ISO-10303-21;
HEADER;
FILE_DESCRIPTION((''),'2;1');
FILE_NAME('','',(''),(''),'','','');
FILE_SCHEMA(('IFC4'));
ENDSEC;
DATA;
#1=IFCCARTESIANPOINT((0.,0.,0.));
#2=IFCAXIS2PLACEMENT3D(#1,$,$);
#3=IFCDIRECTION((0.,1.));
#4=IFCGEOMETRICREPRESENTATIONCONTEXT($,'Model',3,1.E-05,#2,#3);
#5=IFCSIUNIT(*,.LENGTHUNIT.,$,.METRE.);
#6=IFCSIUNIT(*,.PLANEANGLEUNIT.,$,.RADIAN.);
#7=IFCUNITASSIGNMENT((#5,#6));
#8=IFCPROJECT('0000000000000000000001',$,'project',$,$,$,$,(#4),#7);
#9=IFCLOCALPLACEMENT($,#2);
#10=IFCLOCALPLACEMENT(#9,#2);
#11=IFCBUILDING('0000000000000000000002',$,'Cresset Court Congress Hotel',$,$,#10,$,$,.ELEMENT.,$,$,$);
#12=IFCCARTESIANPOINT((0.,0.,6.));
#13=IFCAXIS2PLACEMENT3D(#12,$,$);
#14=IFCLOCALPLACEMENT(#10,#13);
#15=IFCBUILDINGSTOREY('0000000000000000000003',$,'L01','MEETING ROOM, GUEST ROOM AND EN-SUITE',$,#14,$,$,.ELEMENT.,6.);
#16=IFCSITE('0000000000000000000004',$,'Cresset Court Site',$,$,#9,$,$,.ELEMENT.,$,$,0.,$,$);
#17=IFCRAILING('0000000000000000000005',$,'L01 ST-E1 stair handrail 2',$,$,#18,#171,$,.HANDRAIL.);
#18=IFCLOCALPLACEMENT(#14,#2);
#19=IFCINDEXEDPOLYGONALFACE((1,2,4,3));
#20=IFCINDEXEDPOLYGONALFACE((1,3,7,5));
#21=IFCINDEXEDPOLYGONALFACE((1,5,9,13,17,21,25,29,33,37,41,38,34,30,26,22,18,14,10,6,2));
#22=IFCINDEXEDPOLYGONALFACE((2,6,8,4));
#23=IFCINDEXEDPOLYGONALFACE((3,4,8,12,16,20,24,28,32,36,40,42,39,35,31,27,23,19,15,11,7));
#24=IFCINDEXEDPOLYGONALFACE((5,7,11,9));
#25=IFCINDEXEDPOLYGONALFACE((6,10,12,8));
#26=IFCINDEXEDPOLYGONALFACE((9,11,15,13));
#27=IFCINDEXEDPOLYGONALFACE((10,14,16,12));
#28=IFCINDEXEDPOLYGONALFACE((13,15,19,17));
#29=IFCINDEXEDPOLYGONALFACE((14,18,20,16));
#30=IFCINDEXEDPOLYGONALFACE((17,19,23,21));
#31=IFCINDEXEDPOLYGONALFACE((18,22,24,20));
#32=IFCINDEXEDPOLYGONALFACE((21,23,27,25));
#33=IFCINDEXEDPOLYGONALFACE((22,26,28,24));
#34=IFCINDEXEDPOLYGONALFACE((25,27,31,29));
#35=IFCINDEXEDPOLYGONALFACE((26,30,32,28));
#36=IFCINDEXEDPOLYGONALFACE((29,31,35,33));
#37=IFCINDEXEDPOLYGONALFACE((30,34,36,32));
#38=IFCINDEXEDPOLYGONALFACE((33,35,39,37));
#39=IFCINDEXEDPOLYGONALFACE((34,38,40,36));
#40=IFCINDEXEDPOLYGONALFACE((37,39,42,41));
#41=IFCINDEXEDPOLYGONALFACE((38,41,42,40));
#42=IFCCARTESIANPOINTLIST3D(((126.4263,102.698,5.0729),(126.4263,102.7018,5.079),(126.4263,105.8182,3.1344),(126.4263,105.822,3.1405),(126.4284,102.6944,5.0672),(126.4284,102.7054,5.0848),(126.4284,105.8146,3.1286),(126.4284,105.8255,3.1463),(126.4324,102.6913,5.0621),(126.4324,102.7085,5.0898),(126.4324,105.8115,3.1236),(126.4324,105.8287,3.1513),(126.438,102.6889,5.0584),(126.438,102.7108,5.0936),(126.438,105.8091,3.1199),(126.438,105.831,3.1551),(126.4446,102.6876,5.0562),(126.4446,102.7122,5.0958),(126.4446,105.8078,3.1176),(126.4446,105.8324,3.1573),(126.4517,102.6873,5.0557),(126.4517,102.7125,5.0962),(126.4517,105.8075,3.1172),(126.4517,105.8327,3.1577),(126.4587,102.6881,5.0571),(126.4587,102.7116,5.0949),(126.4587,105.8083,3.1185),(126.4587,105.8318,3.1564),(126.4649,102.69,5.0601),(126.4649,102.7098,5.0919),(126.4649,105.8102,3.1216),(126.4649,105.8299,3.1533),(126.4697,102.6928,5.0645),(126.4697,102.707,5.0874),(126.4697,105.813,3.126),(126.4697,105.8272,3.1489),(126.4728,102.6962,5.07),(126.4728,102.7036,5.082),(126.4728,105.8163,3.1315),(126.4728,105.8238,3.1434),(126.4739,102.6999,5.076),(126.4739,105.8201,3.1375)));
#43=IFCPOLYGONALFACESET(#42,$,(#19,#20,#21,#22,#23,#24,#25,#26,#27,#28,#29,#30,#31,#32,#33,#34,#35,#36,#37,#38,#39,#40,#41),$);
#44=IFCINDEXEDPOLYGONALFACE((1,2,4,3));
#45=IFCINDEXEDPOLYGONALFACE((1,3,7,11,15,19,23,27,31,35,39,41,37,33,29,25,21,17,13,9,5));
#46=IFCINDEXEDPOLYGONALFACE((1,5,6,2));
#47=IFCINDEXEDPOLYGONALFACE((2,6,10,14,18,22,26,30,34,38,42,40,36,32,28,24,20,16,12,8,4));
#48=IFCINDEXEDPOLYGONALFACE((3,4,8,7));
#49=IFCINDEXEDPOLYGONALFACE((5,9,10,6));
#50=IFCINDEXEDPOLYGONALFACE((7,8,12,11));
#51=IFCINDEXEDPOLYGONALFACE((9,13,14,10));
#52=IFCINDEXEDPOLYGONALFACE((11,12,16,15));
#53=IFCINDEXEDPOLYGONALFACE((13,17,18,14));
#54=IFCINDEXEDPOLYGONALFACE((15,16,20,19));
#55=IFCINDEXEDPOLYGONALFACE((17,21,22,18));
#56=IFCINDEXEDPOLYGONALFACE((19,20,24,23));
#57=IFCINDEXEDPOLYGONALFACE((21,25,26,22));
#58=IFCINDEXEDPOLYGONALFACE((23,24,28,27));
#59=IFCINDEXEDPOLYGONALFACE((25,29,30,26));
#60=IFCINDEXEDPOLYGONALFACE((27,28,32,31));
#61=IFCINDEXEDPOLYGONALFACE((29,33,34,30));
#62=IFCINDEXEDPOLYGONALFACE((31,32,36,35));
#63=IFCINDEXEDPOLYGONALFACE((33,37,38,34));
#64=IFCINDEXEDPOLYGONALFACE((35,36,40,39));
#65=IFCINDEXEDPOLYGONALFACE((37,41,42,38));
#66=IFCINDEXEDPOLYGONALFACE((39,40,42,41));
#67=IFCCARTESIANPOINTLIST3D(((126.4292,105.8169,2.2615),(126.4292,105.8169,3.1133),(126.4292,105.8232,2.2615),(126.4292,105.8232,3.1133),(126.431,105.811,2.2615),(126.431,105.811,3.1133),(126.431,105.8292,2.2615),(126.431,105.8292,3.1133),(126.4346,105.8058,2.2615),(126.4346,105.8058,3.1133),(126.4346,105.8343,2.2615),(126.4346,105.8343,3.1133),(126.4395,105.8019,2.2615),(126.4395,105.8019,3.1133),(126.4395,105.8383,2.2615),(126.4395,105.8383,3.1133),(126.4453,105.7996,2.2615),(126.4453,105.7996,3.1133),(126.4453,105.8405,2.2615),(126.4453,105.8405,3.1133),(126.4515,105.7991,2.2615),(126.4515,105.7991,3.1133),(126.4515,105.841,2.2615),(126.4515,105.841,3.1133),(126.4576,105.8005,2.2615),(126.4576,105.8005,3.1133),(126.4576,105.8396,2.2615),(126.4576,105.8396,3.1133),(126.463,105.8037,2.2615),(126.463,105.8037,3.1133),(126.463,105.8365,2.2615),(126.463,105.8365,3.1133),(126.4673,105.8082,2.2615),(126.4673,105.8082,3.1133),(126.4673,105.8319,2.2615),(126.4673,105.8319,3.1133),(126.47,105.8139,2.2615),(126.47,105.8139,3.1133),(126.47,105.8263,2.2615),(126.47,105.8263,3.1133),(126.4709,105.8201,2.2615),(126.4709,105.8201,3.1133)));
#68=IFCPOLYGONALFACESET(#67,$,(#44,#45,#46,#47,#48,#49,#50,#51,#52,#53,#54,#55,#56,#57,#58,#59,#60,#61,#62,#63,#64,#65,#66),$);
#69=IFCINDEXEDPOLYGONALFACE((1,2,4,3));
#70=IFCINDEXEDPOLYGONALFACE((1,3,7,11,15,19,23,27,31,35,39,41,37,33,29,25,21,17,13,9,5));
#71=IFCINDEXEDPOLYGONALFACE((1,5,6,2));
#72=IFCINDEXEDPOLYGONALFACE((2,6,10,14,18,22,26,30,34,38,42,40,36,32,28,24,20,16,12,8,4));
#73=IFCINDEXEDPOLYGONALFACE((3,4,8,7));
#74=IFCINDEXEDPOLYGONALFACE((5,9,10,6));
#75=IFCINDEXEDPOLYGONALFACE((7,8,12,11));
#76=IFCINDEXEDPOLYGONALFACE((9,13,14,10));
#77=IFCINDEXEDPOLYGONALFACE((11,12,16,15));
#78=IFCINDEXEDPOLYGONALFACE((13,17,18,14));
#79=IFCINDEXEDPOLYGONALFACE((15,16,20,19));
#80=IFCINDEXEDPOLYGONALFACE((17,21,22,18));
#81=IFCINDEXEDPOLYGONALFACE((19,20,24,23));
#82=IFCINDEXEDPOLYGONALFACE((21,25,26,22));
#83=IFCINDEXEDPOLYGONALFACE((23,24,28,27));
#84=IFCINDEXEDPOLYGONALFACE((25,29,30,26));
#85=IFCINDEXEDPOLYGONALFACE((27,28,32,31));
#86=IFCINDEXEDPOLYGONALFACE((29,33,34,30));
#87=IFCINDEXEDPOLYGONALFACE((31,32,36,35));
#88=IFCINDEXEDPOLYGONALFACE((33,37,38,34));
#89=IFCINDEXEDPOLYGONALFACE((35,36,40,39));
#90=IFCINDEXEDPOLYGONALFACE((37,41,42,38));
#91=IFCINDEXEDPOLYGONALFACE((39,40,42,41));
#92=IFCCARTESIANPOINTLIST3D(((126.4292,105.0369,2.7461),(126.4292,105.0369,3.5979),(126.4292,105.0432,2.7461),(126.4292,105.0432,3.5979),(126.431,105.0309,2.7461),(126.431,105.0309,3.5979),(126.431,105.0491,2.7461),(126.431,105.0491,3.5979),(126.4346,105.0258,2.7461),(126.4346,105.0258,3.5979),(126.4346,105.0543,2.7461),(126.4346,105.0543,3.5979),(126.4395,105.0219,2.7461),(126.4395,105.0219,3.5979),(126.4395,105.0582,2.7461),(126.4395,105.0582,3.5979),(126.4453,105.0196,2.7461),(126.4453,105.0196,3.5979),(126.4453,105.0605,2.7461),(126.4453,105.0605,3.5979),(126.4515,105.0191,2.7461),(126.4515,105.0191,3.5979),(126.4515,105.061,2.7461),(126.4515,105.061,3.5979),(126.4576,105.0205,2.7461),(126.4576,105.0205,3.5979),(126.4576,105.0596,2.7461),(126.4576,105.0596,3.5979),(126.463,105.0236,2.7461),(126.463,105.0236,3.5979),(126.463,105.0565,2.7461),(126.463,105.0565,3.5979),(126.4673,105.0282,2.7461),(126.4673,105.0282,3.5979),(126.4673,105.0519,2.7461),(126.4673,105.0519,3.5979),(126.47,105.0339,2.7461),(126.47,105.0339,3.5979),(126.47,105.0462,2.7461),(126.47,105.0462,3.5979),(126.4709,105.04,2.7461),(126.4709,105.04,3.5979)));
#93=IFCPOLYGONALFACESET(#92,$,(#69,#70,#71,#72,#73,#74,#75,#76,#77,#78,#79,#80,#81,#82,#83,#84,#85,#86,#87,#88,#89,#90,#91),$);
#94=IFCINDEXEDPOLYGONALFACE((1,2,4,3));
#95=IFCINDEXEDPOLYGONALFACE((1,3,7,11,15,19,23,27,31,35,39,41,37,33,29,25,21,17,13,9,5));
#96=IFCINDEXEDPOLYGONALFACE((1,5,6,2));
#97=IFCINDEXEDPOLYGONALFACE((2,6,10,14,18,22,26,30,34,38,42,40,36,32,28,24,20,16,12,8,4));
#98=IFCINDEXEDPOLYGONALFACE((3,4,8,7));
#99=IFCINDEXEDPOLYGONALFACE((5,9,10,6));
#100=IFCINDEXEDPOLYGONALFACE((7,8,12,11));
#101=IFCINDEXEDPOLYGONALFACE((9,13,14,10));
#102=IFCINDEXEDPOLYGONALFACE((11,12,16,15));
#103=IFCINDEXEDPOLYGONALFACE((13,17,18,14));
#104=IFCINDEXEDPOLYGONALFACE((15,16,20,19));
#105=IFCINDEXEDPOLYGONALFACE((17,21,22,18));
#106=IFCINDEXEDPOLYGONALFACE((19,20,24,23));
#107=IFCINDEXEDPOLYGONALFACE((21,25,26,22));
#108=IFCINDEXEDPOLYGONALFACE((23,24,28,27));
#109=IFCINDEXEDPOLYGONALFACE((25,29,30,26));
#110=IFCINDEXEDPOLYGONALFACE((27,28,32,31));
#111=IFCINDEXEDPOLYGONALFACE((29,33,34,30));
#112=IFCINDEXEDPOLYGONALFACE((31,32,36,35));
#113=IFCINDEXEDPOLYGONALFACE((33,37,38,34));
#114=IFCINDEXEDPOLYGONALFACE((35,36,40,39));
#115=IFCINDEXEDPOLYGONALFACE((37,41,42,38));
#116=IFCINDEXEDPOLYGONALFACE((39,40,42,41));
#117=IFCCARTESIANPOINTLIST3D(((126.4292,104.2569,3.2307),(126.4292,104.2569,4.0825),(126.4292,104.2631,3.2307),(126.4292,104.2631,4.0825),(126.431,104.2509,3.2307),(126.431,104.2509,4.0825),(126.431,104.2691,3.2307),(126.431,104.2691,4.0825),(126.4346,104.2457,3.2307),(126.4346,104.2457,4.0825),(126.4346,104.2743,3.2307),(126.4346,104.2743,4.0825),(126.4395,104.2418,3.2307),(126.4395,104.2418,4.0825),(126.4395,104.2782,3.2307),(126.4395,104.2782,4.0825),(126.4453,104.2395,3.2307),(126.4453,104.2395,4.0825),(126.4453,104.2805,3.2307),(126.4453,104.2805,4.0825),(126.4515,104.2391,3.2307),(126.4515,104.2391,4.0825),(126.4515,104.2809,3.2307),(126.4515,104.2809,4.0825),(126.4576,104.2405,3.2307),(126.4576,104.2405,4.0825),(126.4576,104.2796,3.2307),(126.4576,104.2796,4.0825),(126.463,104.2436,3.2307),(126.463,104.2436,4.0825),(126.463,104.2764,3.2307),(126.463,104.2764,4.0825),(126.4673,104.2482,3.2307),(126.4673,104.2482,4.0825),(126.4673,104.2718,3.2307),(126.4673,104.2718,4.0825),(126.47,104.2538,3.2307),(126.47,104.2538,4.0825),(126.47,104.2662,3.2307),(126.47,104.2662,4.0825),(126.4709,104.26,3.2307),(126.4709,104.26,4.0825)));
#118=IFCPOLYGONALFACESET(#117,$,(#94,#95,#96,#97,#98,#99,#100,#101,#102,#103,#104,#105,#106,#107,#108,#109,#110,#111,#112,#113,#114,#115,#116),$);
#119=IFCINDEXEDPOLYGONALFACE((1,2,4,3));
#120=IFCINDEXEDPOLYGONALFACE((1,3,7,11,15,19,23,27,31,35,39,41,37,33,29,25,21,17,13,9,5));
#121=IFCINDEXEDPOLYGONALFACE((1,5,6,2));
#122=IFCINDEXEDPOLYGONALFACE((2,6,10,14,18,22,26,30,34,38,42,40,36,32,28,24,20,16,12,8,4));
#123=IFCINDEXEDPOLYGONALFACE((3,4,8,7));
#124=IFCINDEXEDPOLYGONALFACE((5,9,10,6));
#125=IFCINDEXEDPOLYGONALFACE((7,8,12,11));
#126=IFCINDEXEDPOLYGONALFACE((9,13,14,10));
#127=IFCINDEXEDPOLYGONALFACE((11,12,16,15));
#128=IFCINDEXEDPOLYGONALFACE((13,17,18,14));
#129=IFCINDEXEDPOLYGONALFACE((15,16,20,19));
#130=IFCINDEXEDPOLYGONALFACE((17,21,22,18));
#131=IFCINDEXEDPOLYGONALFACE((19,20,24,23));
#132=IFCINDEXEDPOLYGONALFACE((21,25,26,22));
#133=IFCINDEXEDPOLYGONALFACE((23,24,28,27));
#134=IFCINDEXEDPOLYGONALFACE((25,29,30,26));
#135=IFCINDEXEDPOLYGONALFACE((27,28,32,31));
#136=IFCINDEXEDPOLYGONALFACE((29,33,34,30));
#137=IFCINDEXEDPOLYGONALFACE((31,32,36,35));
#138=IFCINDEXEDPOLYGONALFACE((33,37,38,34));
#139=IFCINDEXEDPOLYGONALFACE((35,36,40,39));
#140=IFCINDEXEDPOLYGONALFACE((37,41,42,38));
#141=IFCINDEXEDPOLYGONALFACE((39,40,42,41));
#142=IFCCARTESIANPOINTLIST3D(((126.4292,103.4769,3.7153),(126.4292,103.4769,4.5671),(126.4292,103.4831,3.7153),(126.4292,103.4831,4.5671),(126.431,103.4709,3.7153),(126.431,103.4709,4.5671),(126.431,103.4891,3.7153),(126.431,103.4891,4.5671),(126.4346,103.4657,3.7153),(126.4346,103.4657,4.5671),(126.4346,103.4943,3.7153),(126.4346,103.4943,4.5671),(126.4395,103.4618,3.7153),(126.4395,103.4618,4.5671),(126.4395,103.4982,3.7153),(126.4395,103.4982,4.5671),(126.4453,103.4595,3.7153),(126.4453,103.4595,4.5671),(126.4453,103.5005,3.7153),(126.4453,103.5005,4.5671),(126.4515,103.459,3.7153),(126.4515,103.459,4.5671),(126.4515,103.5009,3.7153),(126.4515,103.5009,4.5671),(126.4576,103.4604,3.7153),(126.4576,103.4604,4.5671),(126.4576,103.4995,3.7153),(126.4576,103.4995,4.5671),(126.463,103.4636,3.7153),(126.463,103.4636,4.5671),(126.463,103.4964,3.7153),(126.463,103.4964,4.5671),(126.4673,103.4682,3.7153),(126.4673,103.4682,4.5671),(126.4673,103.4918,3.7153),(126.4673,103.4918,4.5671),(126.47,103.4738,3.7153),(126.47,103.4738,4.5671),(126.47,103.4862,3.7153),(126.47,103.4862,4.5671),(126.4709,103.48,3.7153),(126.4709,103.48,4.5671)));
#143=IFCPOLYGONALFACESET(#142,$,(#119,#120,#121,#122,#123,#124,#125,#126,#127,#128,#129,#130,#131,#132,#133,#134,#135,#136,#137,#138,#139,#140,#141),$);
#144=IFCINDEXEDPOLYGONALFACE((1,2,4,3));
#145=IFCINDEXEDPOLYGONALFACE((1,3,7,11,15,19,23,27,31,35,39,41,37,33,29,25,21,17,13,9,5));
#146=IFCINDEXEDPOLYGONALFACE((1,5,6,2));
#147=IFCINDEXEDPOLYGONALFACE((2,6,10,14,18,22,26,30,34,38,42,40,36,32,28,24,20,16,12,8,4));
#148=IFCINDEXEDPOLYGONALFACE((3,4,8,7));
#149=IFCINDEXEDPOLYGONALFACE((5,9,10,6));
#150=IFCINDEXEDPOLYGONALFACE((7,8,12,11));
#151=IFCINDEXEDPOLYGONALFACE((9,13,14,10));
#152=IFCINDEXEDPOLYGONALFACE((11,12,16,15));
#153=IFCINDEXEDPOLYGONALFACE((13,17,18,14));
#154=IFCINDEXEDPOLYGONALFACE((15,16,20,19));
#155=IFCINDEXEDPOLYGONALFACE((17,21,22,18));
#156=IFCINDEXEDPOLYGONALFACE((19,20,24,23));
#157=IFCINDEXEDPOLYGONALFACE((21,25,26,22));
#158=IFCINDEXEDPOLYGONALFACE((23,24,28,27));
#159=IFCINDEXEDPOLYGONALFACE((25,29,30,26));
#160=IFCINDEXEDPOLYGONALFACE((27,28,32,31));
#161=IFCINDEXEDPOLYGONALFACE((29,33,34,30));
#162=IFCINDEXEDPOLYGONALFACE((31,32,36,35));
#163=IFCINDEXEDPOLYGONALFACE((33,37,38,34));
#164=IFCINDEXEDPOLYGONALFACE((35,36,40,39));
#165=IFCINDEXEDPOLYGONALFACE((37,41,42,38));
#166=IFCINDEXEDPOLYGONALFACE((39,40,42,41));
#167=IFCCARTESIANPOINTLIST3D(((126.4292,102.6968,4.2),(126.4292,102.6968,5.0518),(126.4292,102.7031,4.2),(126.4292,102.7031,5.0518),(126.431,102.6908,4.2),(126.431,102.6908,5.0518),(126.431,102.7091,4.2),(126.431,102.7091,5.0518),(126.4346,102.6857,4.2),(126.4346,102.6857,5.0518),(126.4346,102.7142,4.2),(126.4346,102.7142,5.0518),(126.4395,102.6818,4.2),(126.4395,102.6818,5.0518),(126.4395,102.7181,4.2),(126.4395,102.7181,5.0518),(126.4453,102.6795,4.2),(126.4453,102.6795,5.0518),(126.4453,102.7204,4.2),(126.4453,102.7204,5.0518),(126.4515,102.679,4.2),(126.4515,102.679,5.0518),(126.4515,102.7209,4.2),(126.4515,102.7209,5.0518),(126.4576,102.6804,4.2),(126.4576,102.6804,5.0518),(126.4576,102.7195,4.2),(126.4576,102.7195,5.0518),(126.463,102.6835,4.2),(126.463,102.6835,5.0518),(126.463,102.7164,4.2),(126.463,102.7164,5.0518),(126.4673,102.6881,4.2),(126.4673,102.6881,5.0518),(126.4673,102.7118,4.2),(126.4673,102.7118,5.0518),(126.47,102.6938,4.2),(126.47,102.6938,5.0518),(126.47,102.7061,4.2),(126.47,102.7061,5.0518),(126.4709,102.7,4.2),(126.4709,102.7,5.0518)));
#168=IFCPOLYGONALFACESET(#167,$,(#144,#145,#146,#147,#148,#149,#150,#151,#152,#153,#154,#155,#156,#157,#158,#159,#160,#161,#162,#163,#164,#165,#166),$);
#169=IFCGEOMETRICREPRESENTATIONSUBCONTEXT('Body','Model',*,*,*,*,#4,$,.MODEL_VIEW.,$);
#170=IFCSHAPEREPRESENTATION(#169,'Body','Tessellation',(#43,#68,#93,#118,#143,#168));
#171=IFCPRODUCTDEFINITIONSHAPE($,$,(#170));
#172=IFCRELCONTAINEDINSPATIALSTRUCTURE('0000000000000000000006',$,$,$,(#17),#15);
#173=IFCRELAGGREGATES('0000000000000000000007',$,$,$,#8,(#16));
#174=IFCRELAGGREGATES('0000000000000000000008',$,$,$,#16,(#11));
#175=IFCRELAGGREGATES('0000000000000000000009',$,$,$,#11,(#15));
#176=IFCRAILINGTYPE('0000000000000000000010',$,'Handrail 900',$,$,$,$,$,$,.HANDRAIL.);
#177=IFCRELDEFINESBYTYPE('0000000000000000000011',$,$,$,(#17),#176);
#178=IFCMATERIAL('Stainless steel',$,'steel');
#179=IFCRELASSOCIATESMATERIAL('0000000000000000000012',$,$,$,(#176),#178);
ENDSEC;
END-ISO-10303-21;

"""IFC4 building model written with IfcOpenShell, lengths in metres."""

from ifc_helpers import new_model, si_unit, direction, frame, origin, origin_2d, place, context, subcontext, project, spatial, circle, extrude, material, type_object, element, save


model = new_model("IFC4")

# Units and contexts
model_context = context("Model", 3, precision=1e-05, world=origin(), true_north=direction((0.0, 1.0)))
body_context = subcontext(model_context, "Body", "Model", "MODEL_VIEW")
ifc_project = project(units=[si_unit("LENGTHUNIT", "METRE"), si_unit("PLANEANGLEUNIT", "RADIAN")], contexts=[model_context])

# Site, building, storey
site_placement = place(None, origin())
site = spatial("IfcSite", under=ifc_project, at=site_placement, Name="Cresset Court Site", CompositionType="ELEMENT", RefElevation=0.0)
building_placement = place(site_placement, origin())
building = spatial("IfcBuilding", under=site, at=building_placement, Name="Cresset Court Congress Hotel", CompositionType="ELEMENT")
storey_placement = place(building_placement, frame((0.0, 0.0, 6.0)))
storey = spatial("IfcBuildingStorey", under=building, at=storey_placement, Name="L01", Description="MEETING ROOM, GUEST ROOM AND EN-SUITE", CompositionType="ELEMENT", Elevation=6.0)

# Railing
ifc_material_1 = material(Name="Stainless steel", Category="steel")
railing_type_1 = type_object("IfcRailingType", Name="Handrail 900", PredefinedType="HANDRAIL", material=ifc_material_1)
railing_1_placement = place(storey_placement, frame((126.45, 105.8201, 2.2615)))
element("IfcRailing", 1, at=railing_1_placement, inside=storey, type_object=railing_type_1, Name="L01 ST-E1 stair handrail 2", PredefinedType="HANDRAIL", context=body_context, shape_type="SweptSolid", body=[
    extrude(circle(Radius=0.0239, at=origin_2d()), frame((0.0, 0.0, 0.876), z_axis=(0.0, -0.849414, 0.527727), x_axis=(1.0, 0.0, 0.0)), (0.0, 0.0, 1.0), 3.6733),
    extrude(circle(Radius=0.021, at=origin_2d()), origin(), (0.0, 0.0, 1.0), 0.8518),
    extrude(circle(Radius=0.021, at=origin_2d()), frame((0.0, -0.78, 0.4846)), (0.0, 0.0, 1.0), 0.8518),
    extrude(circle(Radius=0.021, at=origin_2d()), frame((0.0, -1.5601, 0.9692)), (0.0, 0.0, 1.0), 0.8518),
    extrude(circle(Radius=0.021, at=origin_2d()), frame((0.0, -2.3401, 1.4539)), (0.0, 0.0, 1.0), 0.8518),
    extrude(circle(Radius=0.021, at=origin_2d()), frame((0.0, -3.1201, 1.9385)), (0.0, 0.0, 1.0), 0.8518),
])

save(model, "model.ifc")
